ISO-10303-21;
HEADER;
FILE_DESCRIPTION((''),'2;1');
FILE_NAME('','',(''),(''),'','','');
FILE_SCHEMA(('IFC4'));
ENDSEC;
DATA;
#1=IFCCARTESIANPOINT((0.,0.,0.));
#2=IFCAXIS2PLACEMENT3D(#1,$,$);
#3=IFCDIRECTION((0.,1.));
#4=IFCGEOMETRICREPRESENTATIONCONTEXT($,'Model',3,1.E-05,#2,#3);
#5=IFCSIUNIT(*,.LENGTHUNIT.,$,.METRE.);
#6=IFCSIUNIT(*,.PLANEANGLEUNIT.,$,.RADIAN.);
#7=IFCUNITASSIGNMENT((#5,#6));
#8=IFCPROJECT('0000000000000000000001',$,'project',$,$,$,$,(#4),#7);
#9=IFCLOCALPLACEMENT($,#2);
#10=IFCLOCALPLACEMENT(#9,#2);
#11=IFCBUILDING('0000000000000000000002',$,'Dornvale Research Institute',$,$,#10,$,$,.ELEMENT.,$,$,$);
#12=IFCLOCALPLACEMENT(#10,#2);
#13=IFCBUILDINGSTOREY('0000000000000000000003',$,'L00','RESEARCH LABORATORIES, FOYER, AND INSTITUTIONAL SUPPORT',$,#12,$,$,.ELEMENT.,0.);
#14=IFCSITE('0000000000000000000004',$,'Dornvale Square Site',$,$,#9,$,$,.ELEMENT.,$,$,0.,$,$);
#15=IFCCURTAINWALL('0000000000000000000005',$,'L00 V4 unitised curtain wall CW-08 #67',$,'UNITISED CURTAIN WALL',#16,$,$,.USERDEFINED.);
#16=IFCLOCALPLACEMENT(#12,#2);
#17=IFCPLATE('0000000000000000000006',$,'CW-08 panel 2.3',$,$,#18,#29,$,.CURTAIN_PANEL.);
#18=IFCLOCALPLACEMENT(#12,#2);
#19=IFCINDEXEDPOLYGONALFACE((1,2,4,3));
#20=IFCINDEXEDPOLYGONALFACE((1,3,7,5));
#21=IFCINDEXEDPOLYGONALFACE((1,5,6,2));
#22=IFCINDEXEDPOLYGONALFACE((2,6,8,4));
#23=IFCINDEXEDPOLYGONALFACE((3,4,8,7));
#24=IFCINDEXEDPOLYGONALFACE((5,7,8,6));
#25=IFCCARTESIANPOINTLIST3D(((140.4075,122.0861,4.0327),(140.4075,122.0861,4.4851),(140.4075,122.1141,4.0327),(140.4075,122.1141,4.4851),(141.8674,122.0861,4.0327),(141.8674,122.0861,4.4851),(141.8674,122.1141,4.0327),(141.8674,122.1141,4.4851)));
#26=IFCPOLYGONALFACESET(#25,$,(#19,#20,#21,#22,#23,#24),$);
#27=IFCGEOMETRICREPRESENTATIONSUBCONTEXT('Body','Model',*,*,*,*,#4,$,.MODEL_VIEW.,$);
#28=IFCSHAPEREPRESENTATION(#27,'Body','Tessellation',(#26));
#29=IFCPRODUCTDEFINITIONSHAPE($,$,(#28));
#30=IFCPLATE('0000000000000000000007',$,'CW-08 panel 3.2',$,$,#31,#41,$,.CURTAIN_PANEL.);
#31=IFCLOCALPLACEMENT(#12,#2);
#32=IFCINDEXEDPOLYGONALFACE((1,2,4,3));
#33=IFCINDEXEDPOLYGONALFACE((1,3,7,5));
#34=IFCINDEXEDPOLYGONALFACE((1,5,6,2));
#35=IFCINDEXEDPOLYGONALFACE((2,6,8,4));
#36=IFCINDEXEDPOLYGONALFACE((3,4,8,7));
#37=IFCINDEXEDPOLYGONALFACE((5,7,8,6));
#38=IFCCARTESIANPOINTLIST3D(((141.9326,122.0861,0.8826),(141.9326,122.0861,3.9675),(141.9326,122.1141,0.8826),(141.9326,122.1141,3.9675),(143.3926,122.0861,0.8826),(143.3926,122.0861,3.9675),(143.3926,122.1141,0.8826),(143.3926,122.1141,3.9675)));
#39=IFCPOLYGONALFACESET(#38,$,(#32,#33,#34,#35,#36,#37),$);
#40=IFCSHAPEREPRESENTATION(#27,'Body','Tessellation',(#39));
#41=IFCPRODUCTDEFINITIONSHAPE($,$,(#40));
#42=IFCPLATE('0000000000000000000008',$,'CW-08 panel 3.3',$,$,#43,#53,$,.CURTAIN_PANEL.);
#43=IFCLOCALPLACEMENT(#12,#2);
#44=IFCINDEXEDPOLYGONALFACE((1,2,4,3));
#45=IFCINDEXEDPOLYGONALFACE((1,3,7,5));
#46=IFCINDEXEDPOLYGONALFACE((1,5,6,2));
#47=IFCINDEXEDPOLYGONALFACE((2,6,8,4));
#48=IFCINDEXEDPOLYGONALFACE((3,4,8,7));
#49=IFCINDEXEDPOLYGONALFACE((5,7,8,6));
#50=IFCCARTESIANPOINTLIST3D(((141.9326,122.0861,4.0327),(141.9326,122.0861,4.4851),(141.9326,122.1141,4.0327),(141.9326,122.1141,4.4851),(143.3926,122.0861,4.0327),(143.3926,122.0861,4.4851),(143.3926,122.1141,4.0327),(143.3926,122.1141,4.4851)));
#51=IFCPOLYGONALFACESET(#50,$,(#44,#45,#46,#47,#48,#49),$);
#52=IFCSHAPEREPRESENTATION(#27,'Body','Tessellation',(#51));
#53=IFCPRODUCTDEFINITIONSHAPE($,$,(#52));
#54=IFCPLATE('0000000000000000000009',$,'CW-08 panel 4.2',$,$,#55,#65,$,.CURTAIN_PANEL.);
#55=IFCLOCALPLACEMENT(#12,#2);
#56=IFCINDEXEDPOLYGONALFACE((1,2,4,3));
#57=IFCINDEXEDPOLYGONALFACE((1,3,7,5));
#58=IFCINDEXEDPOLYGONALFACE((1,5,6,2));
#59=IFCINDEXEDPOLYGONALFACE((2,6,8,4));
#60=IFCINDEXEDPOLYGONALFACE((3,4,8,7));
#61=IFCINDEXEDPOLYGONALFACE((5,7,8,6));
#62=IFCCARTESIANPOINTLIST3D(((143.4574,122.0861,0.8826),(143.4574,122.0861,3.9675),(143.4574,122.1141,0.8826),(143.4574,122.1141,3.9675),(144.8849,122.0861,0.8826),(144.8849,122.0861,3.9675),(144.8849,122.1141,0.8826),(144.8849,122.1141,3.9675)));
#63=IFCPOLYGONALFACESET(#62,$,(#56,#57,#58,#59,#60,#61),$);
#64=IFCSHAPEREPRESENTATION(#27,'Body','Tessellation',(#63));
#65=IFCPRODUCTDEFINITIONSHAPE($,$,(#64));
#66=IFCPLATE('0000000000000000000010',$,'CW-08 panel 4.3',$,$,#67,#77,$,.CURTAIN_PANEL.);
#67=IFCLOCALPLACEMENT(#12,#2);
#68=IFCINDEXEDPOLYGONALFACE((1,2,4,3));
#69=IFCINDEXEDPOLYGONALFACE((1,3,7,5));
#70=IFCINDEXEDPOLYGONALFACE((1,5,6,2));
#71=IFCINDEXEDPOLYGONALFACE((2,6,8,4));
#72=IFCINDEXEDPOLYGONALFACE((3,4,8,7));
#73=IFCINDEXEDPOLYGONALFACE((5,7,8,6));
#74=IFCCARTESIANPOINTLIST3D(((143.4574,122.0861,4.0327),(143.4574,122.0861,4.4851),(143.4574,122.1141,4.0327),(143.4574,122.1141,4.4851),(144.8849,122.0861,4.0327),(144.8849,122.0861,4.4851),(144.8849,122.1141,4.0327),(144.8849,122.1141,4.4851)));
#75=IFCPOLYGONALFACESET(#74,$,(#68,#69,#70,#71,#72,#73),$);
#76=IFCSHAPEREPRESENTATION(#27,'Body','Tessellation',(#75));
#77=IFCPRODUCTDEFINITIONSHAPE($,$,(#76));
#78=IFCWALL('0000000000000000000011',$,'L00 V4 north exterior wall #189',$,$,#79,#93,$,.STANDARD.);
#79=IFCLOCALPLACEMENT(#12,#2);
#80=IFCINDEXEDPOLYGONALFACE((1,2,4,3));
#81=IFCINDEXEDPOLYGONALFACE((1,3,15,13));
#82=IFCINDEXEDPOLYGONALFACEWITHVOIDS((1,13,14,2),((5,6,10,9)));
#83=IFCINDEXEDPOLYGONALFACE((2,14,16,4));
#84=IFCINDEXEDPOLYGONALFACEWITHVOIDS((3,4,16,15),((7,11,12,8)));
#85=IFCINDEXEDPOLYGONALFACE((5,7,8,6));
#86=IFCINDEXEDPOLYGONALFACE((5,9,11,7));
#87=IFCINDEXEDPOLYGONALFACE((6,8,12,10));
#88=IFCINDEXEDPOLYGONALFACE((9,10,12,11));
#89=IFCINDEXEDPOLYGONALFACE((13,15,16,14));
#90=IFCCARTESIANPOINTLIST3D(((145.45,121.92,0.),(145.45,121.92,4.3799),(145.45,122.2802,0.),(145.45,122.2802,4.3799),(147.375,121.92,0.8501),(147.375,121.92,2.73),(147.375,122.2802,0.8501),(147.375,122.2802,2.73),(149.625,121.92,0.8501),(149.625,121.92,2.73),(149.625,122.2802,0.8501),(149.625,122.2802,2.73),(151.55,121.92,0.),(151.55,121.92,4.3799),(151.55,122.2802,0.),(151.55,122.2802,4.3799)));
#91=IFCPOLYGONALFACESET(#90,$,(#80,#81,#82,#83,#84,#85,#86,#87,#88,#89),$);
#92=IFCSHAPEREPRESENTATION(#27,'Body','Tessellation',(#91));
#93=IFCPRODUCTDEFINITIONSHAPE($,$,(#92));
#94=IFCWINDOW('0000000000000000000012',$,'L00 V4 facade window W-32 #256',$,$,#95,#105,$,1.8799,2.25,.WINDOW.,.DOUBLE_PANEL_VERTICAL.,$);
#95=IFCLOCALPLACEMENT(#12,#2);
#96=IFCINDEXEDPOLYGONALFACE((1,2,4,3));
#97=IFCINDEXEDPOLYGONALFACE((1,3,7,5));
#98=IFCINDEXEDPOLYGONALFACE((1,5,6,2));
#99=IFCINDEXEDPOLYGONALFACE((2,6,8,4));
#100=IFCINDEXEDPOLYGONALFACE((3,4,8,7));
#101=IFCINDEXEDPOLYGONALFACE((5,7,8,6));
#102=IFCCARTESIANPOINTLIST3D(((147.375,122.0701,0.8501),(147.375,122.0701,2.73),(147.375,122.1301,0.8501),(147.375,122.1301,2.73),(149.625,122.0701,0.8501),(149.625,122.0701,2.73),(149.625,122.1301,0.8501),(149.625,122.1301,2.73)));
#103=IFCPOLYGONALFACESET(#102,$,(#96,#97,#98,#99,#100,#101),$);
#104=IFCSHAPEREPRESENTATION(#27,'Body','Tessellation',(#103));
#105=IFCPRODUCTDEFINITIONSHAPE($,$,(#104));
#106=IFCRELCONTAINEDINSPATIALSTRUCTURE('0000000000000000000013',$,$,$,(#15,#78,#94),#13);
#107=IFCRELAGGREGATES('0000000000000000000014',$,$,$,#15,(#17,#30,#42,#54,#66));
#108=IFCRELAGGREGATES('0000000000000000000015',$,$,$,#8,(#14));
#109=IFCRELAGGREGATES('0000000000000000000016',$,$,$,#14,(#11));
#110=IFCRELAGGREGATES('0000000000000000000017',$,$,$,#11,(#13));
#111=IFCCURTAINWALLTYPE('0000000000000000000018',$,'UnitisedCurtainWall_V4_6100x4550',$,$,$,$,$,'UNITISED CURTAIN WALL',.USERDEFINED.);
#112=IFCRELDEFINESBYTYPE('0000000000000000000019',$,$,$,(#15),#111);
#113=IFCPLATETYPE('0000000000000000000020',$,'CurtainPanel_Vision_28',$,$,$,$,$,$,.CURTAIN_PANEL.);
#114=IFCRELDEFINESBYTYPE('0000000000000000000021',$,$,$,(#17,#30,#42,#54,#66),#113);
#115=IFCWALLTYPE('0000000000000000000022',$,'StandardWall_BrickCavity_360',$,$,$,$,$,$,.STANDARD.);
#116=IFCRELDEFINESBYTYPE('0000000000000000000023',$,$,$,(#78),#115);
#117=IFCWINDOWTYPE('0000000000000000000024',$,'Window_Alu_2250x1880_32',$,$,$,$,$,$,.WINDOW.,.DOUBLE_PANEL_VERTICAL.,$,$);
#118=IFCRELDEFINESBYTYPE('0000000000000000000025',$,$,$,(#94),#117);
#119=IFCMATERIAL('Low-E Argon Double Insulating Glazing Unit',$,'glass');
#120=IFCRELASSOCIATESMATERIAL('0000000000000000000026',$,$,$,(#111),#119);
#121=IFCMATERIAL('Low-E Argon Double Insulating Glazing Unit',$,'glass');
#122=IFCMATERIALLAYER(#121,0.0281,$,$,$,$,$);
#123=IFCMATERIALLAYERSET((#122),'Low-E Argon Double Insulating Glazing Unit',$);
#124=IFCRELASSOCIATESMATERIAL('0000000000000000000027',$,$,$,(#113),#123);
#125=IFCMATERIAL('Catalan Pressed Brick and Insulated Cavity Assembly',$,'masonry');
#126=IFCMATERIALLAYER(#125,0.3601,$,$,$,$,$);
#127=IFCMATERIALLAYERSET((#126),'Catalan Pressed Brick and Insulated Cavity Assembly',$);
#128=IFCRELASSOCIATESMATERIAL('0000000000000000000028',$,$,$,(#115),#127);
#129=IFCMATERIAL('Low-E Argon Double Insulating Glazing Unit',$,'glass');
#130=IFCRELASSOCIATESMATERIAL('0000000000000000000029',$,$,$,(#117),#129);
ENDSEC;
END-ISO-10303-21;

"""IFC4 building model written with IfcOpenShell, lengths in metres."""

from ifc_helpers import new_model, si_unit, direction, frame, frame_2d, origin, origin_2d, place, context, subcontext, project, spatial, rectangle, extrude, material, layer, layer_set, type_object, element, fill, aggregate, save


model = new_model("IFC4")

# Units and contexts
model_context = context("Model", 3, precision=1e-05, world=origin(), true_north=direction((0.0, 1.0)))
body_context = subcontext(model_context, "Body", "Model", "MODEL_VIEW")
ifc_project = project(units=[si_unit("LENGTHUNIT", "METRE"), si_unit("PLANEANGLEUNIT", "RADIAN")], contexts=[model_context])

# Site, building, storey
site_placement = place(None, origin())
site = spatial("IfcSite", under=ifc_project, at=site_placement, Name="Dornvale Square Site", CompositionType="ELEMENT", RefElevation=0.0)
building_placement = place(site_placement, origin())
building = spatial("IfcBuilding", under=site, at=building_placement, Name="Dornvale Research Institute", CompositionType="ELEMENT")
storey_placement = place(building_placement, origin())
storey = spatial("IfcBuildingStorey", under=building, at=storey_placement, Name="L00", Description="RESEARCH LABORATORIES, FOYER, AND INSTITUTIONAL SUPPORT", CompositionType="ELEMENT", Elevation=0.0)

# Curtain wall, plates
ifc_material_1 = material(Name="Low-E Argon Double Insulating Glazing Unit", Category="glass")
curtain_wall_type = type_object("IfcCurtainWallType", Name="UnitisedCurtainWall_V4_6100x4550", ElementType="UNITISED CURTAIN WALL", PredefinedType="USERDEFINED", material=ifc_material_1)
curtain_wall_placement = place(storey_placement, origin())
curtain_wall = element("IfcCurtainWall", 1, at=curtain_wall_placement, inside=storey, type_object=curtain_wall_type, Name="L00 V4 unitised curtain wall CW-08 #67", ObjectType="UNITISED CURTAIN WALL", PredefinedType="USERDEFINED")
ifc_material_2 = material(Name="Low-E Argon Double Insulating Glazing Unit", Category="glass")
ifc_layer_1 = layer(ifc_material_2, 0.0281)
ifc_layer_set_1 = layer_set([ifc_layer_1], Name="Low-E Argon Double Insulating Glazing Unit")
plate_type_1 = type_object("IfcPlateType", Name="CurtainPanel_Vision_28", PredefinedType="CURTAIN_PANEL", material=ifc_layer_set_1)
plate_1_placement = place(storey_placement, frame((141.1375, 122.1001, 4.0327), z_axis=(0.0, 0.0, 1.0), x_axis=(1.0, 0.0, 0.0)))
plate_1 = element("IfcPlate", 2, at=plate_1_placement, type_object=plate_type_1, Name="CW-08 panel 2.3", PredefinedType="CURTAIN_PANEL", context=body_context, shape_type="SweptSolid", body=[
    extrude(rectangle(XDim=1.46, YDim=0.0281, at=origin_2d()), origin(), (0.0, 0.0, 1.0), 0.4524),
])
plate_2_placement = place(storey_placement, frame((142.6626, 122.1001, 0.8826), z_axis=(0.0, 0.0, 1.0), x_axis=(1.0, 0.0, 0.0)))
plate_2 = element("IfcPlate", 3, at=plate_2_placement, type_object=plate_type_1, Name="CW-08 panel 3.2", PredefinedType="CURTAIN_PANEL", context=body_context, shape_type="SweptSolid", body=[
    extrude(rectangle(XDim=1.46, YDim=0.0281, at=origin_2d()), origin(), (0.0, 0.0, 1.0), 3.085),
])
plate_3_placement = place(storey_placement, frame((142.6626, 122.1001, 4.0327), z_axis=(0.0, 0.0, 1.0), x_axis=(1.0, 0.0, 0.0)))
plate_3 = element("IfcPlate", 4, at=plate_3_placement, type_object=plate_type_1, Name="CW-08 panel 3.3", PredefinedType="CURTAIN_PANEL", context=body_context, shape_type="SweptSolid", body=[
    extrude(rectangle(XDim=1.46, YDim=0.0281, at=origin_2d()), origin(), (0.0, 0.0, 1.0), 0.4524),
])
plate_4_placement = place(storey_placement, frame((144.1711, 122.1001, 0.8826), z_axis=(0.0, 0.0, 1.0), x_axis=(1.0, 0.0, 0.0)))
plate_4 = element("IfcPlate", 5, at=plate_4_placement, type_object=plate_type_1, Name="CW-08 panel 4.2", PredefinedType="CURTAIN_PANEL", context=body_context, shape_type="SweptSolid", body=[
    extrude(rectangle(XDim=1.4275, YDim=0.0281, at=origin_2d()), origin(), (0.0, 0.0, 1.0), 3.085),
])
plate_5_placement = place(storey_placement, frame((144.1711, 122.1001, 4.0327), z_axis=(0.0, 0.0, 1.0), x_axis=(1.0, 0.0, 0.0)))
plate_5 = element("IfcPlate", 6, at=plate_5_placement, type_object=plate_type_1, Name="CW-08 panel 4.3", PredefinedType="CURTAIN_PANEL", context=body_context, shape_type="SweptSolid", body=[
    extrude(rectangle(XDim=1.4275, YDim=0.0281, at=origin_2d()), origin(), (0.0, 0.0, 1.0), 0.4524),
])
aggregate(curtain_wall, [plate_1, plate_2, plate_3, plate_4, plate_5])

# Wall, opening, window
ifc_material_3 = material(Name="Catalan Pressed Brick and Insulated Cavity Assembly", Category="masonry")
ifc_layer_2 = layer(ifc_material_3, 0.3601)
ifc_layer_set_2 = layer_set([ifc_layer_2], Name="Catalan Pressed Brick and Insulated Cavity Assembly")
wall_type = type_object("IfcWallType", Name="StandardWall_BrickCavity_360", PredefinedType="STANDARD", material=ifc_layer_set_2)
wall_placement = place(storey_placement, frame((145.45, 122.1001, 0.0), z_axis=(0.0, 0.0, 1.0), x_axis=(1.0, 0.0, 0.0)))
wall = element("IfcWall", 7, at=wall_placement, inside=storey, type_object=wall_type, Name="L00 V4 north exterior wall #189", PredefinedType="STANDARD", context=body_context, shape_type="SweptSolid", body=[
    extrude(rectangle(XDim=6.1001, YDim=0.3601, at=frame_2d((3.05, 0.0))), origin(), (0.0, 0.0, 1.0), 4.3799),
])
opening_placement = place(wall_placement, frame((1.925, 0.0, 0.8501)))
opening = element("IfcOpeningElement", 8, at=opening_placement, cuts=wall, PredefinedType="OPENING", context=body_context, shape_type="SweptSolid", body=[
    extrude(rectangle(XDim=2.25, YDim=1.8799, at=frame_2d((1.125, 0.9399))), frame((0.0, 0.1951, 0.0), z_axis=(0.0, -1.0, 0.0), x_axis=(1.0, 0.0, 0.0)), (0.0, 0.0, 1.0), 0.3901),
])
ifc_material_4 = material(Name="Low-E Argon Double Insulating Glazing Unit", Category="glass")
window_type = type_object("IfcWindowType", Name="Window_Alu_2250x1880_32", PartitioningType="DOUBLE_PANEL_VERTICAL", PredefinedType="WINDOW", material=ifc_material_4)
window_placement = place(opening_placement, origin())
window = element("IfcWindow", 9, at=window_placement, inside=storey, type_object=window_type, Name="L00 V4 facade window W-32 #256", OverallHeight=1.8799, OverallWidth=2.25, PartitioningType="DOUBLE_PANEL_VERTICAL", PredefinedType="WINDOW", context=body_context, shape_type="SweptSolid", body=[
    extrude(rectangle(XDim=2.25, YDim=1.8799, at=frame_2d((1.125, 0.9399))), frame((0.0, 0.03, 0.0), z_axis=(0.0, -1.0, 0.0), x_axis=(1.0, 0.0, 0.0)), (0.0, 0.0, 1.0), 0.0601),
])
fill(opening, window)

save(model, "model.ifc")
